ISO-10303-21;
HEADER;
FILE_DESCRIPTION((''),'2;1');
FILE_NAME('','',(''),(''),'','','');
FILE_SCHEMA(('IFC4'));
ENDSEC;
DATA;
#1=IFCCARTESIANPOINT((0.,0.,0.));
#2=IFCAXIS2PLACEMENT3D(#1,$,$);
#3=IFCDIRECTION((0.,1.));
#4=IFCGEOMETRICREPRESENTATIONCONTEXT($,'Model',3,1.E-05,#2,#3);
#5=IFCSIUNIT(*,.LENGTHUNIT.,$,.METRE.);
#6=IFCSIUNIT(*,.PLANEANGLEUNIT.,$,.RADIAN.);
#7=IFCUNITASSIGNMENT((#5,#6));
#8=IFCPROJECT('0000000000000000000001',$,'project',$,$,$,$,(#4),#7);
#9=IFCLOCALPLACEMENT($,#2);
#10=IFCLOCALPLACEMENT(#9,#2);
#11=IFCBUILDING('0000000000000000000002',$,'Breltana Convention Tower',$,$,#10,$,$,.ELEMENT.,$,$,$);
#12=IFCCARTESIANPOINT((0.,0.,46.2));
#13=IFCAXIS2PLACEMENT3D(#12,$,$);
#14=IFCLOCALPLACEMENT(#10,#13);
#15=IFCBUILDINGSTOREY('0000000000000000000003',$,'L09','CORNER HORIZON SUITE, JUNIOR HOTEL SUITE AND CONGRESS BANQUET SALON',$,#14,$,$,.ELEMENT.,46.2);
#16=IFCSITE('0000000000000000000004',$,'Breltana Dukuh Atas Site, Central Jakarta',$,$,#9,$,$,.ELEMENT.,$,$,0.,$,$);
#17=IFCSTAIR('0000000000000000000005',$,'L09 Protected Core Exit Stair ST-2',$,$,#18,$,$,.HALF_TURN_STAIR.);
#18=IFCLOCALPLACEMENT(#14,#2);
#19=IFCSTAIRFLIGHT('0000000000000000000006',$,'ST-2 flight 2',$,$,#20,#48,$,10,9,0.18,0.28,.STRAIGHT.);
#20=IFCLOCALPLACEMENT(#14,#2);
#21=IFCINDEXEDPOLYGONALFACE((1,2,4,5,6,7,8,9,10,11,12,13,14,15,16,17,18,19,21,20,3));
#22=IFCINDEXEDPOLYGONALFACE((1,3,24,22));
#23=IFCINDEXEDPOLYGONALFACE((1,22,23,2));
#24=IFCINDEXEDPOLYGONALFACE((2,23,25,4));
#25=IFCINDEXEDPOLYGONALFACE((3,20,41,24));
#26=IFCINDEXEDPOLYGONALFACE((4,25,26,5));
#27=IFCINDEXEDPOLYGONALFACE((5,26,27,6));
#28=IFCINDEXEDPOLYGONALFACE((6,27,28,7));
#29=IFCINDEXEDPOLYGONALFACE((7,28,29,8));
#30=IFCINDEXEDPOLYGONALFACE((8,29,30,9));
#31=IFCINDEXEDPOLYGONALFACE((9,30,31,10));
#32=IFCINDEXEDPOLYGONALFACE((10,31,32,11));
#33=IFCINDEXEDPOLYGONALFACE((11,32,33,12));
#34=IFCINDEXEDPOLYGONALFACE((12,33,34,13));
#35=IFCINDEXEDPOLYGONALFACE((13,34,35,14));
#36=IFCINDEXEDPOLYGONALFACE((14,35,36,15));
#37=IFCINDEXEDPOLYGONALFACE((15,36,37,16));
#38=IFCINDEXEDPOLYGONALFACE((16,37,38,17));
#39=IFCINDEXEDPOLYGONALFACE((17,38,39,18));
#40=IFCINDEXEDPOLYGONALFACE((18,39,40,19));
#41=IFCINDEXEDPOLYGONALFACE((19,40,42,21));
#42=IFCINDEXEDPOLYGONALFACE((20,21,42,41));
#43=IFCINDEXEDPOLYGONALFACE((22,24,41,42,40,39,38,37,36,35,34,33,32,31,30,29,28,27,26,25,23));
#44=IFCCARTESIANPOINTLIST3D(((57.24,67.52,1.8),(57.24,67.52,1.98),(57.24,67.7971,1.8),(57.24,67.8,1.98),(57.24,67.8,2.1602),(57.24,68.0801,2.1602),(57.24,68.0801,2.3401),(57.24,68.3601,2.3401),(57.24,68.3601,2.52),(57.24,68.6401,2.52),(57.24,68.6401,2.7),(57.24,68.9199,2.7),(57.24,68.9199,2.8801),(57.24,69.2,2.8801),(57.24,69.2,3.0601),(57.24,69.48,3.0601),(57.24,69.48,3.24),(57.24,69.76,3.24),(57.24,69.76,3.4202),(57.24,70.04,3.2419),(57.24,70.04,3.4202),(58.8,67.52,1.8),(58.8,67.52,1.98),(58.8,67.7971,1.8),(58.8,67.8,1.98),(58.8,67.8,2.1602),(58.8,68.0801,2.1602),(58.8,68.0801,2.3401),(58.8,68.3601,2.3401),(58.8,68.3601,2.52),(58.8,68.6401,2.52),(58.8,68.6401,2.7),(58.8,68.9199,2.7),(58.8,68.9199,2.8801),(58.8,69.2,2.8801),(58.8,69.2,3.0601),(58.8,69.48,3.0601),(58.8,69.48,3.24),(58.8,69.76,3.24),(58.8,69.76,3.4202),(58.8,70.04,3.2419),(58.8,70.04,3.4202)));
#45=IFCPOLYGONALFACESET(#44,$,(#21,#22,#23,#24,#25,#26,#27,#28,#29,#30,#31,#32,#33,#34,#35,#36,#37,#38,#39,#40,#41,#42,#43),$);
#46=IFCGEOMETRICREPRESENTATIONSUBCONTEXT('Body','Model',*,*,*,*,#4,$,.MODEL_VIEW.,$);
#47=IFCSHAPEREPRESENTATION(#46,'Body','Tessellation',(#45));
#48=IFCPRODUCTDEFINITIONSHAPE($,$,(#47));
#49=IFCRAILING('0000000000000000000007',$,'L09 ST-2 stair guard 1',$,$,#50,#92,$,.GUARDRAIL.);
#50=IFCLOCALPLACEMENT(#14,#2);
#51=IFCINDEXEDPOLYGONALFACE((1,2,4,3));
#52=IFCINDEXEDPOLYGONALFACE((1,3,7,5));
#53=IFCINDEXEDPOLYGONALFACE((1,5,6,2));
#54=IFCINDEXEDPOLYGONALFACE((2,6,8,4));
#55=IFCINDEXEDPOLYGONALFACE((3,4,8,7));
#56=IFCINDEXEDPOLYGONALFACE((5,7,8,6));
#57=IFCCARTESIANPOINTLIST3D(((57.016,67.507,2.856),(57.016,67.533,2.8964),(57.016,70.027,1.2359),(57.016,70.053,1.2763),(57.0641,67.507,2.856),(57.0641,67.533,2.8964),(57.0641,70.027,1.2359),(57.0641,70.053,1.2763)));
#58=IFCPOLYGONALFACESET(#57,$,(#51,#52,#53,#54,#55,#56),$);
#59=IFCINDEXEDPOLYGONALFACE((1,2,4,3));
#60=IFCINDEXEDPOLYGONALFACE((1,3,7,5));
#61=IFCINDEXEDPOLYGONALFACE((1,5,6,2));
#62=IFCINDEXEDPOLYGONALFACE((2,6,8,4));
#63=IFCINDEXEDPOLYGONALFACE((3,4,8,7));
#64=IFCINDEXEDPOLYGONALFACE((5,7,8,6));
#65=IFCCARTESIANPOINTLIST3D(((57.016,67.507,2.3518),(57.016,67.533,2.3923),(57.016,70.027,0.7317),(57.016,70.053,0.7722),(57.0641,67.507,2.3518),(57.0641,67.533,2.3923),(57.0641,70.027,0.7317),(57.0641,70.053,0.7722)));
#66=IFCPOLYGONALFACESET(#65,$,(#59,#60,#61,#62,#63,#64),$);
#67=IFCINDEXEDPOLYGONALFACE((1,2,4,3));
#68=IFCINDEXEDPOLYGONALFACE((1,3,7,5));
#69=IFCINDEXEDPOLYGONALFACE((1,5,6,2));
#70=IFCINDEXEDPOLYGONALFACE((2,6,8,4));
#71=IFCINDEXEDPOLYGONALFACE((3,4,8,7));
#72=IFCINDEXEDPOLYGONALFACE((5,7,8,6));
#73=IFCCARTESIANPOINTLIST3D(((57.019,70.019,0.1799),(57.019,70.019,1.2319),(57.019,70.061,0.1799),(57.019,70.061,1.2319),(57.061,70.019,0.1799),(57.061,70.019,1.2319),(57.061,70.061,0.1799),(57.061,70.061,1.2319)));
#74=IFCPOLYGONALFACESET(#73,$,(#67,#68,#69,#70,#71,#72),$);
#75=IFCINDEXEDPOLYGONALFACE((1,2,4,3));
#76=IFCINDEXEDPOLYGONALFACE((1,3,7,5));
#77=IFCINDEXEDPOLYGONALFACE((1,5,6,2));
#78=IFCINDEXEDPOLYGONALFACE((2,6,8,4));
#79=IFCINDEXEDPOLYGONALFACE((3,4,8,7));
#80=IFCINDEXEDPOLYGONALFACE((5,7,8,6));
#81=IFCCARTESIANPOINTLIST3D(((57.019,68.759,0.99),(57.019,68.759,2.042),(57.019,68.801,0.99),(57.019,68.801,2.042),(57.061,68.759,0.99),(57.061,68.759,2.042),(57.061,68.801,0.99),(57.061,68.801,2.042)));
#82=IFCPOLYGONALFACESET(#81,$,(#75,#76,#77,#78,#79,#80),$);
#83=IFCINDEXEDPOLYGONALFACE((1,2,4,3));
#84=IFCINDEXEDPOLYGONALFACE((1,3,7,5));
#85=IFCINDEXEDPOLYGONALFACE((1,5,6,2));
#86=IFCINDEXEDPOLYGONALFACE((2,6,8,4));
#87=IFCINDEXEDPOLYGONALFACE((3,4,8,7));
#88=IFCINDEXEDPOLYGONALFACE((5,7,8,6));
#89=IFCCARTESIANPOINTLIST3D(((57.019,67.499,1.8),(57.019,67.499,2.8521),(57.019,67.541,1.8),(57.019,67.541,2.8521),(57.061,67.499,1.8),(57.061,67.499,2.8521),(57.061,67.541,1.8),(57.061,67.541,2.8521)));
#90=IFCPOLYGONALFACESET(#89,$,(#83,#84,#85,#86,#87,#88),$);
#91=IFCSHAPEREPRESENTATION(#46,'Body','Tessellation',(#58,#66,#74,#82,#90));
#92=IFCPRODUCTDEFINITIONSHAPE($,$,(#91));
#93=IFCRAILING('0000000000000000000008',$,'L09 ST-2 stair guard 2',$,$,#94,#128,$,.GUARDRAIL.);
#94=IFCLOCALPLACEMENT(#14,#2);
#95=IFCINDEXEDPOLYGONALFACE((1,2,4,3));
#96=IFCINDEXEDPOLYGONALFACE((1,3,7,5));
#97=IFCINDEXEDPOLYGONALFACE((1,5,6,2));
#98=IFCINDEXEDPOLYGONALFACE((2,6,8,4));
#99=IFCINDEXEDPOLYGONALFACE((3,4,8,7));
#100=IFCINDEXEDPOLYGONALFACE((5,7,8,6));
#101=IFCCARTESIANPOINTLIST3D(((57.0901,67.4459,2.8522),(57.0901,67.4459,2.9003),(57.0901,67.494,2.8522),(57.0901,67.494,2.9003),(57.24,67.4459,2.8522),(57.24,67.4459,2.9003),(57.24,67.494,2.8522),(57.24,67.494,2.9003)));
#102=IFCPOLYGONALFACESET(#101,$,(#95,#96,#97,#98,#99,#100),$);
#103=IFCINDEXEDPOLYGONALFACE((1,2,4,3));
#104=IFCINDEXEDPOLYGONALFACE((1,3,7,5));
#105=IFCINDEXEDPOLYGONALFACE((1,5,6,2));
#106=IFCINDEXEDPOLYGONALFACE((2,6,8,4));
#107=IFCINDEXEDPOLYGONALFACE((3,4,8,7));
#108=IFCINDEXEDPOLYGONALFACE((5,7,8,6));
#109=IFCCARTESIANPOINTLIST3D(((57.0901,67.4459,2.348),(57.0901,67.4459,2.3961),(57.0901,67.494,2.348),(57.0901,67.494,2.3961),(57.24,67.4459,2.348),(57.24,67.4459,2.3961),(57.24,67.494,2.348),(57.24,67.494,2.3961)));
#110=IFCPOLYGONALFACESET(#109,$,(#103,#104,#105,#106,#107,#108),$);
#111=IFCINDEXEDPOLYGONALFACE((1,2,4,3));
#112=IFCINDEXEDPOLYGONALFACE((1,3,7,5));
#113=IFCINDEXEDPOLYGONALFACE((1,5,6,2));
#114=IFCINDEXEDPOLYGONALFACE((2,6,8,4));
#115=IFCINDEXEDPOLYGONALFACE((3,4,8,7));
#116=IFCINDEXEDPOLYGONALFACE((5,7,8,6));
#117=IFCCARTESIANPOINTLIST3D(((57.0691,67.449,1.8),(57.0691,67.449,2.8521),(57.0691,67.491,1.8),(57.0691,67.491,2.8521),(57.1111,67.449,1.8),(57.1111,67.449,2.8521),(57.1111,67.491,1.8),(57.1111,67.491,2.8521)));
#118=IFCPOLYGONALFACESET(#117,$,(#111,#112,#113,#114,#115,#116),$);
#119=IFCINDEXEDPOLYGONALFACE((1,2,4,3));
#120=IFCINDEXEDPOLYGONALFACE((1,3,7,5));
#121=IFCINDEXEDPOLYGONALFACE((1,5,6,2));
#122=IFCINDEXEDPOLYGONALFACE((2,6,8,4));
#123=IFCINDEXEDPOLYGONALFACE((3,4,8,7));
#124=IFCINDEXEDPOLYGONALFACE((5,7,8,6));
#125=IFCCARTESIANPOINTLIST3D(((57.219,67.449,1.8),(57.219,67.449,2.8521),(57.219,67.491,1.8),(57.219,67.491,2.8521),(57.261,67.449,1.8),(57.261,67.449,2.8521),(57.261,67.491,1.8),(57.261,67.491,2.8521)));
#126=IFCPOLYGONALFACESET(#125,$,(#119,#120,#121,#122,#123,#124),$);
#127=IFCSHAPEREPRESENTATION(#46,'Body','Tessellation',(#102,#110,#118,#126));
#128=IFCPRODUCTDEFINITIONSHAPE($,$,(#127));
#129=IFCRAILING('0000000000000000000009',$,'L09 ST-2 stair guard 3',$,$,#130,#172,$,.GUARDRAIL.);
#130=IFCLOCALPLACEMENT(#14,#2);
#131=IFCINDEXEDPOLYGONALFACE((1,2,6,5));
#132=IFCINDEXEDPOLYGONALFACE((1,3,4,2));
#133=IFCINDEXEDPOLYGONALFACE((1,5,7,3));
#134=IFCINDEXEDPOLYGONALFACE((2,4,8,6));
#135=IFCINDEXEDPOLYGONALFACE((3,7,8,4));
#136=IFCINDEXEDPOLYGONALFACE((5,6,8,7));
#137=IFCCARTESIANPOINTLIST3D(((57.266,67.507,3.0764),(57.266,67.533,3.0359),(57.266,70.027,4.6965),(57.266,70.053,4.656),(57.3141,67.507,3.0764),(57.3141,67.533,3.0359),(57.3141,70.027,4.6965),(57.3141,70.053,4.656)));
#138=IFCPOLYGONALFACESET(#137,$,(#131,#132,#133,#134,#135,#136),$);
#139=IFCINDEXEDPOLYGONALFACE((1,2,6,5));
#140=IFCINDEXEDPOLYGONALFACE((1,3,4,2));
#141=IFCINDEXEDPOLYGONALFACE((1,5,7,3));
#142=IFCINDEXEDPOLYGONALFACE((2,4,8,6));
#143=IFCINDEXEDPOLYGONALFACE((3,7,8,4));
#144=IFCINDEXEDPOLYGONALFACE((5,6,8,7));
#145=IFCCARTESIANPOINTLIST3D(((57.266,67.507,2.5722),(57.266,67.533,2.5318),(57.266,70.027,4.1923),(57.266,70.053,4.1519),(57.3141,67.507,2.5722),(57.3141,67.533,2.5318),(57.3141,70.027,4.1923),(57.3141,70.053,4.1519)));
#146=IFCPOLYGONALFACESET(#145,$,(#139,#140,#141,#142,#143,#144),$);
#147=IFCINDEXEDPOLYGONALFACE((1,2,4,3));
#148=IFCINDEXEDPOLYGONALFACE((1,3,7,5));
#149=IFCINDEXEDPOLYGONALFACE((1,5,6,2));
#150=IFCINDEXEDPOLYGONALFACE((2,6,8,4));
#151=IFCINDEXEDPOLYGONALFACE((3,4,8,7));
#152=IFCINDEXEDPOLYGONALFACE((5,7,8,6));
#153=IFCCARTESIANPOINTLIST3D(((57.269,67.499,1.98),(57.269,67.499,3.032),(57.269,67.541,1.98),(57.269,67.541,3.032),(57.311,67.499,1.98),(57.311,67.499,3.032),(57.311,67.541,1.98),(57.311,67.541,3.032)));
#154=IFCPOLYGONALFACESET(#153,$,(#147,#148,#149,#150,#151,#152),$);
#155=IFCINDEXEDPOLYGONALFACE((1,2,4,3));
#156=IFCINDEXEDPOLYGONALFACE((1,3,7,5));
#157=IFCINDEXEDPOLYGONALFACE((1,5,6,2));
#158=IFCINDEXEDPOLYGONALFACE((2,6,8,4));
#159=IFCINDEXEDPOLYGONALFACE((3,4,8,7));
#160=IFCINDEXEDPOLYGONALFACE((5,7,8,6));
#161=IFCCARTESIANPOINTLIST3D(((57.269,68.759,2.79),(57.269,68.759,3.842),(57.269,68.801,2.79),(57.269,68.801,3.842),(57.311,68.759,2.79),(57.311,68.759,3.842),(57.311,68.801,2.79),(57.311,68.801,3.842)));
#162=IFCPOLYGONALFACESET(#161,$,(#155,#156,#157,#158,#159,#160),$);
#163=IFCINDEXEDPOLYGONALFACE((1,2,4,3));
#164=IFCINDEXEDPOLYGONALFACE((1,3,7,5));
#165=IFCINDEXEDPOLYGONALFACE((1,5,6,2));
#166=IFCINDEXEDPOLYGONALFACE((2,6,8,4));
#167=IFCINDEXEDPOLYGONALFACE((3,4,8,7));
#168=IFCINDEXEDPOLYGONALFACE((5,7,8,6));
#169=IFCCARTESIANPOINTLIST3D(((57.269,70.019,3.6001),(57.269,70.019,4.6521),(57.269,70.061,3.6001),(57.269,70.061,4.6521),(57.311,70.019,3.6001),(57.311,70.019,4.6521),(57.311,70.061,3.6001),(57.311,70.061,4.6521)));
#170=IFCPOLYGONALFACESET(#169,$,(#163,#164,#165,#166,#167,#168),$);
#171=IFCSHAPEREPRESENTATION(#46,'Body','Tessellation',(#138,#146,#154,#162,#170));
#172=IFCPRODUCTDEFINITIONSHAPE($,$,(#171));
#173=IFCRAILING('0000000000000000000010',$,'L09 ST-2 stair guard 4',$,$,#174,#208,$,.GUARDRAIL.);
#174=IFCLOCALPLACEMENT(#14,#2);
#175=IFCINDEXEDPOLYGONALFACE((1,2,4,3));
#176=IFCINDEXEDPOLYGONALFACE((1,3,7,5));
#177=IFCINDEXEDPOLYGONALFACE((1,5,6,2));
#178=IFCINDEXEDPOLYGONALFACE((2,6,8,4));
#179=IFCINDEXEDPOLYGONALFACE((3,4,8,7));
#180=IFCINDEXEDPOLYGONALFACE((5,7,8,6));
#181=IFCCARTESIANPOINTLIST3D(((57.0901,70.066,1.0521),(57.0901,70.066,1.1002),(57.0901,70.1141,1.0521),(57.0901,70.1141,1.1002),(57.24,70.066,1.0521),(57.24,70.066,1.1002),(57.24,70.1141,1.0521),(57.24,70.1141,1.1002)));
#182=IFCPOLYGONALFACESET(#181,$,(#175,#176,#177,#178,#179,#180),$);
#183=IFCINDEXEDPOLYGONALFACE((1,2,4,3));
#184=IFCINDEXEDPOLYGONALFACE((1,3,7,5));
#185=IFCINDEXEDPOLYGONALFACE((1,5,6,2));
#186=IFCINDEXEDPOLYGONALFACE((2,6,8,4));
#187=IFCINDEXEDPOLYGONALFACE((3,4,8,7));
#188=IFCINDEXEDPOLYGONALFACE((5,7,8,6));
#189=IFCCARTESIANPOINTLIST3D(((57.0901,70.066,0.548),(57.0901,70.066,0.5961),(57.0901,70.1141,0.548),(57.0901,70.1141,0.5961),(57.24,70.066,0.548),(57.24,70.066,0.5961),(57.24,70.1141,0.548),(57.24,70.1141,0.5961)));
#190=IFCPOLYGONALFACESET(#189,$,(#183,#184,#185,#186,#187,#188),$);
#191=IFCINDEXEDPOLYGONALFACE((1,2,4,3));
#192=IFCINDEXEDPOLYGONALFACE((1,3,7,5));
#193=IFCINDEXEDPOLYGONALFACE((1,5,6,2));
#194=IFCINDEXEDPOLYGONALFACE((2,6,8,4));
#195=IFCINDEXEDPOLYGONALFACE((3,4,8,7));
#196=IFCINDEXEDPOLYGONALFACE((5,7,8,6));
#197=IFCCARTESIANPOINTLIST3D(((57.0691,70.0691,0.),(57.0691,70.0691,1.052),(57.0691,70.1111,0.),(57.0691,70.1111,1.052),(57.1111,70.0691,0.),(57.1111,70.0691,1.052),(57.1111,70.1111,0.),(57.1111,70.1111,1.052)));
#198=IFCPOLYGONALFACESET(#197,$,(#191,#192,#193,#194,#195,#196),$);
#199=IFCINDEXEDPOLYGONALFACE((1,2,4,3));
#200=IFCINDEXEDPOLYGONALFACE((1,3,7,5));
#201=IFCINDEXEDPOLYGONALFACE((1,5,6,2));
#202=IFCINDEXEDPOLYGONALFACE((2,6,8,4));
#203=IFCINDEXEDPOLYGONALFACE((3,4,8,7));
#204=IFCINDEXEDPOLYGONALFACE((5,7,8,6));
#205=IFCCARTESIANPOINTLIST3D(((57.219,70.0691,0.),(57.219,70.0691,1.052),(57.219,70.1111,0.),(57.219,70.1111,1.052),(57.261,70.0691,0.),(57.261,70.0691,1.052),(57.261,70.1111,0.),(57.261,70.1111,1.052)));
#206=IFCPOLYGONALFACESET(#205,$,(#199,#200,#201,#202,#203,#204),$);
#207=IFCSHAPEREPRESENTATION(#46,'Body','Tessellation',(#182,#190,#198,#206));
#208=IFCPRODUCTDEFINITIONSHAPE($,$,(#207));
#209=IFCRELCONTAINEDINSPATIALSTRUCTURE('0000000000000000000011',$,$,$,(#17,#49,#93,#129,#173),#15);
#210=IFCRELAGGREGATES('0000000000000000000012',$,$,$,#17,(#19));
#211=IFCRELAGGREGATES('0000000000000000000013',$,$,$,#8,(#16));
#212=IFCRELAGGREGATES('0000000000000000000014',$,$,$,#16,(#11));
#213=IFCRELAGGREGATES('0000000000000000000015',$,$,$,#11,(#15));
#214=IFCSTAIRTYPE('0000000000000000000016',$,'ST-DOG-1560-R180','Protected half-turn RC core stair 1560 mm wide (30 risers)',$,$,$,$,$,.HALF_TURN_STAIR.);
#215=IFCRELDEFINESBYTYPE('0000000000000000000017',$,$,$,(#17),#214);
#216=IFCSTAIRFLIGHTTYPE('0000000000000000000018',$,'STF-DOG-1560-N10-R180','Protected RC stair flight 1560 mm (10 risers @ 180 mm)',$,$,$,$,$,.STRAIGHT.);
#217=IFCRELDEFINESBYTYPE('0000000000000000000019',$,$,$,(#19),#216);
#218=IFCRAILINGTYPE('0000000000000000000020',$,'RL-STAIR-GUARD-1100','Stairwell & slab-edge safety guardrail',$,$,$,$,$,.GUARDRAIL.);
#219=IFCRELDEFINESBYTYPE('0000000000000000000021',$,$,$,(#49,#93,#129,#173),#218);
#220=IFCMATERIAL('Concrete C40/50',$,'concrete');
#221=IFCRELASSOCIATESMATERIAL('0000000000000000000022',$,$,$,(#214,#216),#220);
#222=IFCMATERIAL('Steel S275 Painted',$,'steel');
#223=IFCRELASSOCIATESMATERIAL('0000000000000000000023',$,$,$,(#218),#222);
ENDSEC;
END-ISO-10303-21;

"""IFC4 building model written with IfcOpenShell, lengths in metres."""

from ifc_helpers import new_model, si_unit, direction, frame, origin, origin_2d, place, context, subcontext, project, spatial, polyline, rectangle, outline, extrude, material, type_object, element, aggregate, save


model = new_model("IFC4")

# Units and contexts
model_context = context("Model", 3, precision=1e-05, world=origin(), true_north=direction((0.0, 1.0)))
body_context = subcontext(model_context, "Body", "Model", "MODEL_VIEW")
ifc_project = project(units=[si_unit("LENGTHUNIT", "METRE"), si_unit("PLANEANGLEUNIT", "RADIAN")], contexts=[model_context])

# Site, building, storey
site_placement = place(None, origin())
site = spatial("IfcSite", under=ifc_project, at=site_placement, Name="Breltana Dukuh Atas Site, Central Jakarta", CompositionType="ELEMENT", RefElevation=0.0)
building_placement = place(site_placement, origin())
building = spatial("IfcBuilding", under=site, at=building_placement, Name="Breltana Convention Tower", CompositionType="ELEMENT")
storey_placement = place(building_placement, frame((0.0, 0.0, 46.2)))
storey = spatial("IfcBuildingStorey", under=building, at=storey_placement, Name="L09", Description="CORNER HORIZON SUITE, JUNIOR HOTEL SUITE AND CONGRESS BANQUET SALON", CompositionType="ELEMENT", Elevation=46.2)

# Stair, stair flight
ifc_material_1 = material(Name="Concrete C40/50", Category="concrete")
stair_type = type_object("IfcStairType", Name="ST-DOG-1560-R180", Description="Protected half-turn RC core stair 1560 mm wide (30 risers)", PredefinedType="HALF_TURN_STAIR", material=ifc_material_1)
stair_placement = place(storey_placement, origin())
stair = element("IfcStair", 1, at=stair_placement, inside=storey, type_object=stair_type, Name="L09 Protected Core Exit Stair ST-2", PredefinedType="HALF_TURN_STAIR")
stair_flight_type = type_object("IfcStairFlightType", Name="STF-DOG-1560-N10-R180", Description="Protected RC stair flight 1560 mm (10 risers @ 180 mm)", PredefinedType="STRAIGHT", material=ifc_material_1)
stair_flight_1_placement = place(storey_placement, frame((58.02, 67.52, 1.8), z_axis=(0.0, 0.0, 1.0), x_axis=(0.0, 1.0, 0.0)))
stair_flight_1 = element("IfcStairFlight", 2, at=stair_flight_1_placement, type_object=stair_flight_type, Name="ST-2 flight 2", NumberOfRisers=10, NumberOfTreads=9, PredefinedType="STRAIGHT", RiserHeight=0.18, TreadLength=0.28, context=body_context, shape_type="SweptSolid", body=[
    extrude(outline(polyline([(0.0, 0.0), (0.0, 0.1799), (0.28, 0.1799), (0.28, 0.3601), (0.5601, 0.3601), (0.5601, 0.54), (0.8401, 0.54), (0.8401, 0.72), (1.1201, 0.72), (1.1201, 0.8999), (1.3999, 0.8999), (1.3999, 1.0801), (1.6799, 1.0801), (1.6799, 1.26), (1.96, 1.26), (1.96, 1.4399), (2.24, 1.4399), (2.24, 1.6201), (2.52, 1.6201), (2.52, 1.8), (2.52, 1.4419), (0.2771, 0.0), (0.0, 0.0)])), frame((0.0, 0.78, 0.0), z_axis=(0.0, -1.0, 0.0), x_axis=(1.0, 0.0, 0.0)), (0.0, 0.0, 1.0), 1.5601),
])
aggregate(stair, [stair_flight_1])

# Railings
ifc_material_2 = material(Name="Steel S275 Painted", Category="steel")
railing_type_1 = type_object("IfcRailingType", Name="RL-STAIR-GUARD-1100", Description="Stairwell & slab-edge safety guardrail", PredefinedType="GUARDRAIL", material=ifc_material_2)
railing_1_placement = place(storey_placement, frame((57.04, 70.04, 0.1799)))
element("IfcRailing", 3, at=railing_1_placement, inside=storey, type_object=railing_type_1, Name="L09 ST-2 stair guard 1", PredefinedType="GUARDRAIL", context=body_context, shape_type="SweptSolid", body=[
    extrude(rectangle(XDim=0.0481, YDim=0.0481, at=origin_2d()), frame((0.0, 0.0, 1.0762), z_axis=(0.0, -0.841163, 0.540782), x_axis=(1.0, 0.0, 0.0)), (0.0, 0.0, 1.0), 2.9958),
    extrude(rectangle(XDim=0.0481, YDim=0.0481, at=origin_2d()), frame((0.0, 0.0, 0.572), z_axis=(0.0, -0.841163, 0.540782), x_axis=(1.0, 0.0, 0.0)), (0.0, 0.0, 1.0), 2.9958),
    extrude(rectangle(XDim=0.042, YDim=0.042, at=origin_2d()), origin(), (0.0, 0.0, 1.0), 1.052),
    extrude(rectangle(XDim=0.042, YDim=0.042, at=origin_2d()), frame((0.0, -1.26, 0.8101)), (0.0, 0.0, 1.0), 1.052),
    extrude(rectangle(XDim=0.042, YDim=0.042, at=origin_2d()), frame((0.0, -2.52, 1.6201)), (0.0, 0.0, 1.0), 1.052),
])
railing_2_placement = place(storey_placement, frame((57.0901, 67.47, 1.8)))
element("IfcRailing", 4, at=railing_2_placement, inside=storey, type_object=railing_type_1, Name="L09 ST-2 stair guard 2", PredefinedType="GUARDRAIL", context=body_context, shape_type="SweptSolid", body=[
    extrude(rectangle(XDim=0.0481, YDim=0.0481, at=origin_2d()), frame((0.0, 0.0, 1.0762), z_axis=(1.0, 0.0, 0.0), x_axis=(0.0, 1.0, 0.0)), (0.0, 0.0, 1.0), 0.1499),
    extrude(rectangle(XDim=0.0481, YDim=0.0481, at=origin_2d()), frame((0.0, 0.0, 0.572), z_axis=(1.0, 0.0, 0.0), x_axis=(0.0, 1.0, 0.0)), (0.0, 0.0, 1.0), 0.1499),
    extrude(rectangle(XDim=0.042, YDim=0.042, at=origin_2d()), origin(), (0.0, 0.0, 1.0), 1.052),
    extrude(rectangle(XDim=0.042, YDim=0.042, at=origin_2d()), frame((0.1499, 0.0, 0.0)), (0.0, 0.0, 1.0), 1.052),
])
railing_3_placement = place(storey_placement, frame((57.29, 67.52, 1.98)))
element("IfcRailing", 5, at=railing_3_placement, inside=storey, type_object=railing_type_1, Name="L09 ST-2 stair guard 3", PredefinedType="GUARDRAIL", context=body_context, shape_type="SweptSolid", body=[
    extrude(rectangle(XDim=0.0481, YDim=0.0481, at=origin_2d()), frame((0.0, 0.0, 1.0762), z_axis=(0.0, 0.841163, 0.540782), x_axis=(-1.0, 0.0, 0.0)), (0.0, 0.0, 1.0), 2.9958),
    extrude(rectangle(XDim=0.0481, YDim=0.0481, at=origin_2d()), frame((0.0, 0.0, 0.572), z_axis=(0.0, 0.841163, 0.540782), x_axis=(-1.0, 0.0, 0.0)), (0.0, 0.0, 1.0), 2.9958),
    extrude(rectangle(XDim=0.042, YDim=0.042, at=origin_2d()), origin(), (0.0, 0.0, 1.0), 1.052),
    extrude(rectangle(XDim=0.042, YDim=0.042, at=origin_2d()), frame((0.0, 1.26, 0.8101)), (0.0, 0.0, 1.0), 1.052),
    extrude(rectangle(XDim=0.042, YDim=0.042, at=origin_2d()), frame((0.0, 2.52, 1.6201)), (0.0, 0.0, 1.0), 1.052),
])
railing_4_placement = place(storey_placement, frame((57.0901, 70.0901, 0.0)))
element("IfcRailing", 6, at=railing_4_placement, inside=storey, type_object=railing_type_1, Name="L09 ST-2 stair guard 4", PredefinedType="GUARDRAIL", context=body_context, shape_type="SweptSolid", body=[
    extrude(rectangle(XDim=0.0481, YDim=0.0481, at=origin_2d()), frame((0.0, 0.0, 1.0762), z_axis=(1.0, 0.0, 0.0), x_axis=(0.0, 1.0, 0.0)), (0.0, 0.0, 1.0), 0.1499),
    extrude(rectangle(XDim=0.0481, YDim=0.0481, at=origin_2d()), frame((0.0, 0.0, 0.572), z_axis=(1.0, 0.0, 0.0), x_axis=(0.0, 1.0, 0.0)), (0.0, 0.0, 1.0), 0.1499),
    extrude(rectangle(XDim=0.042, YDim=0.042, at=origin_2d()), origin(), (0.0, 0.0, 1.0), 1.052),
    extrude(rectangle(XDim=0.042, YDim=0.042, at=origin_2d()), frame((0.1499, 0.0, 0.0)), (0.0, 0.0, 1.0), 1.052),
])

save(model, "model.ifc")
